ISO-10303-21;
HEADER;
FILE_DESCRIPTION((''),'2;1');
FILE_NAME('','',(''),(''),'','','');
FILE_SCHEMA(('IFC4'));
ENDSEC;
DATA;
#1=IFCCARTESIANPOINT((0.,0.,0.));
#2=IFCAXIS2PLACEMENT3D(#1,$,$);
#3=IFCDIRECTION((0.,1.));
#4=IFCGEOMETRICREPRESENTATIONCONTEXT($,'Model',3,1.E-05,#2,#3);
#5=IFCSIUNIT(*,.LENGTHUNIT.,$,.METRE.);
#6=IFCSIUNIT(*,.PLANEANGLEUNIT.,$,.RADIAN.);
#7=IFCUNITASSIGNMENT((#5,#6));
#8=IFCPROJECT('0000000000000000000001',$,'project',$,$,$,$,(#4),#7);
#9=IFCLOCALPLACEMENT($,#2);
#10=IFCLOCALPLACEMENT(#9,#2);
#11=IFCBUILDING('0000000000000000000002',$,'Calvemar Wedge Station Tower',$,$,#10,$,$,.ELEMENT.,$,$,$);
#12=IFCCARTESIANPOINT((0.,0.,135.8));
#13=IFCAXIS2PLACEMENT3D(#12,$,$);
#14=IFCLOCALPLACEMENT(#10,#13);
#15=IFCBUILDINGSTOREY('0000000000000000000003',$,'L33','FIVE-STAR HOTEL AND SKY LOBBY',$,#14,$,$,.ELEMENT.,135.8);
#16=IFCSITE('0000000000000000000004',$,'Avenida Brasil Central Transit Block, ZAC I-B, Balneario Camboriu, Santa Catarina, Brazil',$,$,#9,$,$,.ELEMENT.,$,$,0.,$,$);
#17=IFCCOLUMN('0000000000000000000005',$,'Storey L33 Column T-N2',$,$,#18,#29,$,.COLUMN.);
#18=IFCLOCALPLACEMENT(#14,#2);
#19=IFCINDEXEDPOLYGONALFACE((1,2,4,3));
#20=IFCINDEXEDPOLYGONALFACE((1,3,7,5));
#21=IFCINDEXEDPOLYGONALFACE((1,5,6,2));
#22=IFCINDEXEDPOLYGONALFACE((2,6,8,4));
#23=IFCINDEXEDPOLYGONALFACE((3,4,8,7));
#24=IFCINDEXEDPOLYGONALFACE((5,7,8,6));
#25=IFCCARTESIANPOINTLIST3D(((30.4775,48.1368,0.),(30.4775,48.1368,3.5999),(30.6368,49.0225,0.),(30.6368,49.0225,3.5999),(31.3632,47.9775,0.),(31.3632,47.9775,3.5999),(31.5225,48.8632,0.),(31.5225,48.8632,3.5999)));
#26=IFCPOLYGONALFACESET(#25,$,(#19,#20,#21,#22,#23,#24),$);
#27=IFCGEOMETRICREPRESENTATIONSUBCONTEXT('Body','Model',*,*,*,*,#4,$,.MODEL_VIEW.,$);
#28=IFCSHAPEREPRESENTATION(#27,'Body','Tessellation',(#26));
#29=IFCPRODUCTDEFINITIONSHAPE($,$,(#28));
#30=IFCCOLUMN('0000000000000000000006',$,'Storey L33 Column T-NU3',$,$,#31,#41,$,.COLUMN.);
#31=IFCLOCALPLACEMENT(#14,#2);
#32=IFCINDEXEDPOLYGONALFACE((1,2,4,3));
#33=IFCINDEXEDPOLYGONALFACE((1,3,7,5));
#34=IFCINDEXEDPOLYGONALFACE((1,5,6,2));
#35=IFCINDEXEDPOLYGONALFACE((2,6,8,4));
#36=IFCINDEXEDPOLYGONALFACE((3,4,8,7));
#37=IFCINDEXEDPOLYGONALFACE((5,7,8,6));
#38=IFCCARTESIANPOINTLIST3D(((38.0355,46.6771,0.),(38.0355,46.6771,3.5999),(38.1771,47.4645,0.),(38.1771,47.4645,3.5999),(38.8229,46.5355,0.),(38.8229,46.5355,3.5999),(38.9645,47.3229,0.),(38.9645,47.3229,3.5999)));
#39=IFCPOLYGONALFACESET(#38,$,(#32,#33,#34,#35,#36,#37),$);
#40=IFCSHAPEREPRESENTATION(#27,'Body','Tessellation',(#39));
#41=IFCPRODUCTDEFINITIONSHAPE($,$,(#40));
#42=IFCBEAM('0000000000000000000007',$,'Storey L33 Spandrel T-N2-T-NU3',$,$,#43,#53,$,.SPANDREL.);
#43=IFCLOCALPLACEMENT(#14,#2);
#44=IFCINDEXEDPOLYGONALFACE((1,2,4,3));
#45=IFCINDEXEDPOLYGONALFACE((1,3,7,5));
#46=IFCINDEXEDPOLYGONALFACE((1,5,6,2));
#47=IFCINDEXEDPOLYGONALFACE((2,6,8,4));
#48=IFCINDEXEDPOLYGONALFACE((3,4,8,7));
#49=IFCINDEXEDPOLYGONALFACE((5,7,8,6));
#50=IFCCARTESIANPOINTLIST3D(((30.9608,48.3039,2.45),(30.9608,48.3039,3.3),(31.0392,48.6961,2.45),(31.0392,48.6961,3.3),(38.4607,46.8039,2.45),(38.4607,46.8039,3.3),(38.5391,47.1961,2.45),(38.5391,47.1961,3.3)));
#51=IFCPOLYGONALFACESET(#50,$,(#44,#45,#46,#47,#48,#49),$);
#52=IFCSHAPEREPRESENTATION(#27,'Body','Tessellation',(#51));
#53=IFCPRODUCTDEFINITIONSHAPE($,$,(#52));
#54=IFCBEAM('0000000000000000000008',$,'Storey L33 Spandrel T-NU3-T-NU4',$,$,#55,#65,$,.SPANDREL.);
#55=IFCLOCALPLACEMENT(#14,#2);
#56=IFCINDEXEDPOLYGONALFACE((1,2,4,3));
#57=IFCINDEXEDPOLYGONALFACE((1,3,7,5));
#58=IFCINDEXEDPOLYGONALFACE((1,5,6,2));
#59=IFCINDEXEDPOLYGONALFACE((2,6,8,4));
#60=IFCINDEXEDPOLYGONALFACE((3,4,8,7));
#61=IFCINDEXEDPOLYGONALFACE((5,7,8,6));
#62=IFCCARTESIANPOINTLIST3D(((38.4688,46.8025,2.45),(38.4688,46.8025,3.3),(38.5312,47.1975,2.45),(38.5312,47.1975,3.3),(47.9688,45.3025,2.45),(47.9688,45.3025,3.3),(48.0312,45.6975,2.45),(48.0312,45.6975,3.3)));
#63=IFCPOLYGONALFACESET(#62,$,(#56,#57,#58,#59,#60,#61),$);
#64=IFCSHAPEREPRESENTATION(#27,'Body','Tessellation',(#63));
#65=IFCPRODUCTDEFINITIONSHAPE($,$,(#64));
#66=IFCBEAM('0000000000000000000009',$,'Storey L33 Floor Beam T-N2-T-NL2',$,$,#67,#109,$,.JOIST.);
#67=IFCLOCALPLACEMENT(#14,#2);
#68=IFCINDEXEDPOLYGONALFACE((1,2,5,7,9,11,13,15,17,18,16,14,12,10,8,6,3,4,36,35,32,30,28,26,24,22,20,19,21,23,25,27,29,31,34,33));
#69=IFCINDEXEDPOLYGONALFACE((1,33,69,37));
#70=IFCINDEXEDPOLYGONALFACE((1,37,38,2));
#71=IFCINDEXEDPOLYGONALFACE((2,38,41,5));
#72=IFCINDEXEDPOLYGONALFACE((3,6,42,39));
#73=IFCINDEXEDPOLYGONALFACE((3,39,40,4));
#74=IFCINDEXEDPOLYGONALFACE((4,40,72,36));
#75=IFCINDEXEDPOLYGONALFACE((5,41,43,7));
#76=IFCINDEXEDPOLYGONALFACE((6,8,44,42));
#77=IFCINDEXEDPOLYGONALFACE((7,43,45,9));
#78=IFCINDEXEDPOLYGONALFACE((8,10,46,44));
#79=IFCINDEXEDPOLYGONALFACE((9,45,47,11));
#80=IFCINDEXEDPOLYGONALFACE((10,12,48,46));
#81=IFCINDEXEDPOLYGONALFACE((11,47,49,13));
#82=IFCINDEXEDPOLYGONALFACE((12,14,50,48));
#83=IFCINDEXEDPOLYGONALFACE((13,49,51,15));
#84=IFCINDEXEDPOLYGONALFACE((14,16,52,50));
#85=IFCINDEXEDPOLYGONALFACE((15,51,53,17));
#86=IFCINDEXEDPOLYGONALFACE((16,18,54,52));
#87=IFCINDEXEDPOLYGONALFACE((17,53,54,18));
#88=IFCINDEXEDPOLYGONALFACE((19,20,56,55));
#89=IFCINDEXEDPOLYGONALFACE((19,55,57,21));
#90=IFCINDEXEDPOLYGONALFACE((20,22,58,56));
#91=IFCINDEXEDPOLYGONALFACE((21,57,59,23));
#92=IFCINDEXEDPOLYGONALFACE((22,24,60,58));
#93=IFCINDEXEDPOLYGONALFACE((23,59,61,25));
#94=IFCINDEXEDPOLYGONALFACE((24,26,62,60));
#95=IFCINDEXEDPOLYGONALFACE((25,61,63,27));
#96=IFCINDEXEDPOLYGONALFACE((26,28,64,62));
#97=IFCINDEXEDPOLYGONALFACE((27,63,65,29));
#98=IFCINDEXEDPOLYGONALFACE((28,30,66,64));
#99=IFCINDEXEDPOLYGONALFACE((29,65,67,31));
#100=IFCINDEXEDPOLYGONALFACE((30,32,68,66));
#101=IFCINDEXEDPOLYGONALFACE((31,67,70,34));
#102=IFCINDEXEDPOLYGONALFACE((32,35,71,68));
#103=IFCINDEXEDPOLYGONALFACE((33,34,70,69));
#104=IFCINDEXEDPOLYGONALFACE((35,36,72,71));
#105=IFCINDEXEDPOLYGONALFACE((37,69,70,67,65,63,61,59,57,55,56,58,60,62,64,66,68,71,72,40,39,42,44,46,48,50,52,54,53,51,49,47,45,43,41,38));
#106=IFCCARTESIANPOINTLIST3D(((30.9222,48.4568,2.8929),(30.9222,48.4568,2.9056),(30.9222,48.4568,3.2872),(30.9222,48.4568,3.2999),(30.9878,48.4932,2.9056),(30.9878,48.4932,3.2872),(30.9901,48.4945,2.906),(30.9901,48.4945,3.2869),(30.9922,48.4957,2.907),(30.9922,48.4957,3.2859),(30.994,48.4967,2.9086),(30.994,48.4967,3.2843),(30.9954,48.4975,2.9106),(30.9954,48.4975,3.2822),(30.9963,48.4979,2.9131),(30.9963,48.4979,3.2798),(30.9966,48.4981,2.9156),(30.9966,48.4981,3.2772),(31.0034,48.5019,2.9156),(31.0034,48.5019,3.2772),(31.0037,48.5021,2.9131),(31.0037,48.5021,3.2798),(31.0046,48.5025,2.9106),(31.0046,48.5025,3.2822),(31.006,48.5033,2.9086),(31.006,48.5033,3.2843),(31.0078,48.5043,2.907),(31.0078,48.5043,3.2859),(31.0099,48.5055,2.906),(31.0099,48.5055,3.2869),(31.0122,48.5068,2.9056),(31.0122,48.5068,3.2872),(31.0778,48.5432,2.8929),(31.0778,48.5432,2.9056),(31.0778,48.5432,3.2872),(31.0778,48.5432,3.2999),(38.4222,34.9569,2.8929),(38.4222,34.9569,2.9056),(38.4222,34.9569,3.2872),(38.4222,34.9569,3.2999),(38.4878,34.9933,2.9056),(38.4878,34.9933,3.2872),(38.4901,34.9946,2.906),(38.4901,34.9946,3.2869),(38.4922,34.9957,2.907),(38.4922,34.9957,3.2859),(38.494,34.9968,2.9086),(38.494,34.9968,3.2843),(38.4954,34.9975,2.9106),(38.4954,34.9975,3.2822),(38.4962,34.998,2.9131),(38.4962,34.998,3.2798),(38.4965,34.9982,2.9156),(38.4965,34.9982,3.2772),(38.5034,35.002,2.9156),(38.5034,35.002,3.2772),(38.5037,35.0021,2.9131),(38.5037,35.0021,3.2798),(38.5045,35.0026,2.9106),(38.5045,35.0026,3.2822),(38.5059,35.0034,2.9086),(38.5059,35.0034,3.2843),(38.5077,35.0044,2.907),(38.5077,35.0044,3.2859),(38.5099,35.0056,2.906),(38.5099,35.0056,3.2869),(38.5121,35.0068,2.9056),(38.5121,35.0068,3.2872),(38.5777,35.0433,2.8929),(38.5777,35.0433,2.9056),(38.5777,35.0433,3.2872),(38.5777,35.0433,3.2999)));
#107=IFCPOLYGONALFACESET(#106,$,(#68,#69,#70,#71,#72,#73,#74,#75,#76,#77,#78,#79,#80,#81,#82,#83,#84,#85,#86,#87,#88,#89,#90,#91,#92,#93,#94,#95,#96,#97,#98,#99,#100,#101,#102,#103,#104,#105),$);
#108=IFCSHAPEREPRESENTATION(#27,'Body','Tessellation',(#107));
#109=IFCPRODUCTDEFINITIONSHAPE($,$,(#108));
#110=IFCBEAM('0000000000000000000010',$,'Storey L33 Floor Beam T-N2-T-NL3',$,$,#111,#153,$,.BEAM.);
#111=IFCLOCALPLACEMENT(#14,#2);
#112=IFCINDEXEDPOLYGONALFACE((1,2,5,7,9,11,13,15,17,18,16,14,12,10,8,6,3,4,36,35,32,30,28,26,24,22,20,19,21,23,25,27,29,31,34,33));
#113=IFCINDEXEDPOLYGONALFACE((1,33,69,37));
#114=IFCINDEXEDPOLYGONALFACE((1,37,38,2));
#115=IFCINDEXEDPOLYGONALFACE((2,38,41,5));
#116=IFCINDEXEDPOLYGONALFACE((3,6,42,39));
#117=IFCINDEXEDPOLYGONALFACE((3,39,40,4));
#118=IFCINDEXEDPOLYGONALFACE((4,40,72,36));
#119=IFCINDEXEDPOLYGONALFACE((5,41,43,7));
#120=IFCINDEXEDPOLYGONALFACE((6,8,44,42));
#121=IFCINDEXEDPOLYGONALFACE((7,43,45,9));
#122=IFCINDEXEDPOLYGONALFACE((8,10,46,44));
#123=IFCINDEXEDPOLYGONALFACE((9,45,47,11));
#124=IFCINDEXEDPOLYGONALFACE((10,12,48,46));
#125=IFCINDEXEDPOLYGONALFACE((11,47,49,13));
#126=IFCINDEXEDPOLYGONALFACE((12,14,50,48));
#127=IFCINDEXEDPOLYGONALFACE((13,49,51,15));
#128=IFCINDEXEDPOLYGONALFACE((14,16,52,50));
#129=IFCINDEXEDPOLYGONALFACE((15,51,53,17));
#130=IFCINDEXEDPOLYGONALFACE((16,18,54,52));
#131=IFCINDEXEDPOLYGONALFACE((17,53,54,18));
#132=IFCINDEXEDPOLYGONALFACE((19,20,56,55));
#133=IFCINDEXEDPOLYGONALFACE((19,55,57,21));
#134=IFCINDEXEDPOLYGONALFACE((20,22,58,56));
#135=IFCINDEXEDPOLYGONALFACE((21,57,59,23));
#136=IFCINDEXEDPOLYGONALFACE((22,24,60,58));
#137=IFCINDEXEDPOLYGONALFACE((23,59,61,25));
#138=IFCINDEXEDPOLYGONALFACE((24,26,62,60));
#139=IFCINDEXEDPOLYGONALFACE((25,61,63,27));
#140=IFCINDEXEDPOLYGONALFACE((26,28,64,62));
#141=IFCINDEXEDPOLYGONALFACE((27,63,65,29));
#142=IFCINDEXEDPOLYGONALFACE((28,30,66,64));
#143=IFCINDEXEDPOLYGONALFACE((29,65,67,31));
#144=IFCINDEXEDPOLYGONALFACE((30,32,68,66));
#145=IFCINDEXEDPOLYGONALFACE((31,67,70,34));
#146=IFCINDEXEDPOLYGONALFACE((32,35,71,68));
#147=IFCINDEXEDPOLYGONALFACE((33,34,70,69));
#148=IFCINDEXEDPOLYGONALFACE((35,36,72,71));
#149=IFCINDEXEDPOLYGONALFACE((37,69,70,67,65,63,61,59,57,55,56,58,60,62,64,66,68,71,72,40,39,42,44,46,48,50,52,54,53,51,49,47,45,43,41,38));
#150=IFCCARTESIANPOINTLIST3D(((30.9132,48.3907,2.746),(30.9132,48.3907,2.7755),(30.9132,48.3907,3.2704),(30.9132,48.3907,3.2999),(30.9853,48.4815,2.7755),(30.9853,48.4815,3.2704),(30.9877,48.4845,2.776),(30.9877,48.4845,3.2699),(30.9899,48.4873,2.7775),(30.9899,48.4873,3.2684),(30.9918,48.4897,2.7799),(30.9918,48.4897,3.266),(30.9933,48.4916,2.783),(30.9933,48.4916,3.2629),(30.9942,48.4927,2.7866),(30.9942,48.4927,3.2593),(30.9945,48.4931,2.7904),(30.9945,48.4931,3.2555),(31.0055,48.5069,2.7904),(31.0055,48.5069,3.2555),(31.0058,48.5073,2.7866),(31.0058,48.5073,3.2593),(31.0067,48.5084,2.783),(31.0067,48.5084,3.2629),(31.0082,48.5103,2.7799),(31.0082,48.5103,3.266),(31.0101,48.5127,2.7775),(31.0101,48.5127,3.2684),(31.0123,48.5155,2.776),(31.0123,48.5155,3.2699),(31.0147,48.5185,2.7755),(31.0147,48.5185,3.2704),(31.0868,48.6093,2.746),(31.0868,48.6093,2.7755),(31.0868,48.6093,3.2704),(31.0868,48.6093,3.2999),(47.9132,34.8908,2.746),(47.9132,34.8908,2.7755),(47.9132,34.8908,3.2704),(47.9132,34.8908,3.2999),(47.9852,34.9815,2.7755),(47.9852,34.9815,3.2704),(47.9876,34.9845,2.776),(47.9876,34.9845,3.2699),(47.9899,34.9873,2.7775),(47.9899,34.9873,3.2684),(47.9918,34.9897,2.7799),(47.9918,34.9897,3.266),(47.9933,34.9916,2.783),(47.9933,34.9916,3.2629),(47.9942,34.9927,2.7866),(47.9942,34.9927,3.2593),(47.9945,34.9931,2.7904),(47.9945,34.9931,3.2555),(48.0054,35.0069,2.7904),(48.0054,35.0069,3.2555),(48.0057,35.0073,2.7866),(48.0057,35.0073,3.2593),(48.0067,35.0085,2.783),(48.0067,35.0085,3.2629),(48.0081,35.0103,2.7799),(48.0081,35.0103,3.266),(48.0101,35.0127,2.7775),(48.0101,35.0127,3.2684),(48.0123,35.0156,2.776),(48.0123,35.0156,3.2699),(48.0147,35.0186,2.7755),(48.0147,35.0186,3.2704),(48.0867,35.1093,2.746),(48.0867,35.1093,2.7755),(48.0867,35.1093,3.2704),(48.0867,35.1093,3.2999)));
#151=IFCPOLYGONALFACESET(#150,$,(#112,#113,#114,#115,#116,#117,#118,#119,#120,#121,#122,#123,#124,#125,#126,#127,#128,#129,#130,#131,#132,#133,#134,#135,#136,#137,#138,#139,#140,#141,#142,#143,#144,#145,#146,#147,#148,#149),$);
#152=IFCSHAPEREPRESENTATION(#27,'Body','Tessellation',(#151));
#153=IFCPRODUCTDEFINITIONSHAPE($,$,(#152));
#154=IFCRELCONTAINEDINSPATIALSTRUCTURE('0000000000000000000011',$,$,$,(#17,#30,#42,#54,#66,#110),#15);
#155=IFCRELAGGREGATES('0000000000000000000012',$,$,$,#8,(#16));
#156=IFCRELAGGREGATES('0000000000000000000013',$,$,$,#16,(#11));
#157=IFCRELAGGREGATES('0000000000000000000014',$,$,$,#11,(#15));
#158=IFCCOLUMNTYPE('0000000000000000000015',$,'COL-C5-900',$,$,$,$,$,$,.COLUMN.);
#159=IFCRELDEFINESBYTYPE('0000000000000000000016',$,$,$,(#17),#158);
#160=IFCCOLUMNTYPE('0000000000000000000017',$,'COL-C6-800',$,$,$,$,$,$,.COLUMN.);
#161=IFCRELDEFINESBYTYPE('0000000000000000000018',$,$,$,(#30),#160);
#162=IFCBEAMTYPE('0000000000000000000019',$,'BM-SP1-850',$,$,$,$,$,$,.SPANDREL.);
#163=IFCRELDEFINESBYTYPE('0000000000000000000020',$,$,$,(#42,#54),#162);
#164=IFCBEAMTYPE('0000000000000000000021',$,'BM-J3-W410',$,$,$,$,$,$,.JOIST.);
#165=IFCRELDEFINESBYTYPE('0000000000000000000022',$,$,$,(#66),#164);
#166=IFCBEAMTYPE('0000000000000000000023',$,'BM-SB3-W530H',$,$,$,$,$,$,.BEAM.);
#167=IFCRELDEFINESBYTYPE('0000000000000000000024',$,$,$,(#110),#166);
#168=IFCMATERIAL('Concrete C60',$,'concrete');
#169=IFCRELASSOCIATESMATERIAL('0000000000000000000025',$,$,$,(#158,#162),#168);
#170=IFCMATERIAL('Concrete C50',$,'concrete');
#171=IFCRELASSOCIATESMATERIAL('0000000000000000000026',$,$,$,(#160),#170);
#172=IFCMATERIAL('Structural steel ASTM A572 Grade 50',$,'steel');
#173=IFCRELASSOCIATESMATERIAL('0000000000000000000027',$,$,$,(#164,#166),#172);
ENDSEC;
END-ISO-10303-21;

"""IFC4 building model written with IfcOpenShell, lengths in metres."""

from ifc_helpers import new_model, si_unit, direction, frame, origin, origin_2d, place, context, subcontext, project, spatial, rectangle, i_section, extrude, source, transform, mapped, material, material_profile, profile_set, type_object, element, save


model = new_model("IFC4")

# Units and contexts
model_context = context("Model", 3, precision=1e-05, world=origin(), true_north=direction((0.0, 1.0)))
body_context = subcontext(model_context, "Body", "Model", "MODEL_VIEW")
ifc_project = project(units=[si_unit("LENGTHUNIT", "METRE"), si_unit("PLANEANGLEUNIT", "RADIAN")], contexts=[model_context])

# Site, building, storey
site_placement = place(None, origin())
site = spatial("IfcSite", under=ifc_project, at=site_placement, Name="Avenida Brasil Central Transit Block, ZAC I-B, Balneario Camboriu, Santa Catarina, Brazil", CompositionType="ELEMENT", RefElevation=0.0)
building_placement = place(site_placement, origin())
building = spatial("IfcBuilding", under=site, at=building_placement, Name="Calvemar Wedge Station Tower", CompositionType="ELEMENT")
storey_placement = place(building_placement, frame((0.0, 0.0, 135.8)))
storey = spatial("IfcBuildingStorey", under=building, at=storey_placement, Name="L33", Description="FIVE-STAR HOTEL AND SKY LOBBY", CompositionType="ELEMENT", Elevation=135.8)

# Columns
ifc_material_1 = material(Name="Concrete C60", Category="concrete")
ifc_material_profile_1 = material_profile(ifc_material_1, rectangle(XDim=0.8999, YDim=0.8999, at=origin_2d()), Name="RC900x900")
ifc_profile_set_1 = profile_set([ifc_material_profile_1], Name="Concrete C60")
column_type_1 = type_object("IfcColumnType", Name="COL-C5-900", PredefinedType="COLUMN", material=ifc_profile_set_1)
shared_shape_1 = source(origin(), body_context, "Body", "SweptSolid", [
    extrude(rectangle(XDim=0.8999, YDim=0.8999, at=origin_2d()), origin(), (0.0, 0.0, 1.0), 3.5999),
])
column_1_placement = place(storey_placement, frame((31.0, 48.5, 0.0), z_axis=(0.0, 0.0, 1.0), x_axis=(0.984196, -0.177085, 0.0)))
element("IfcColumn", 1, at=column_1_placement, inside=storey, type_object=column_type_1, Name="Storey L33 Column T-N2", PredefinedType="COLUMN", context=body_context, shape_type="MappedRepresentation", body=[
    mapped(shared_shape_1, transform((0.0, 0.0, 0.0), scale=1.0)),
])
ifc_material_2 = material(Name="Concrete C50", Category="concrete")
ifc_material_profile_2 = material_profile(ifc_material_2, rectangle(XDim=0.8, YDim=0.8, at=origin_2d()), Name="RC800x800")
ifc_profile_set_2 = profile_set([ifc_material_profile_2], Name="Concrete C50")
column_type_2 = type_object("IfcColumnType", Name="COL-C6-800", PredefinedType="COLUMN", material=ifc_profile_set_2)
shared_shape_2 = source(origin(), body_context, "Body", "SweptSolid", [
    extrude(rectangle(XDim=0.8, YDim=0.8, at=origin_2d()), origin(), (0.0, 0.0, 1.0), 3.5999),
])
column_2_placement = place(storey_placement, frame((38.5, 47.0, 0.0), z_axis=(0.0, 0.0, 1.0), x_axis=(0.984196, -0.177085, 0.0)))
element("IfcColumn", 2, at=column_2_placement, inside=storey, type_object=column_type_2, Name="Storey L33 Column T-NU3", PredefinedType="COLUMN", context=body_context, shape_type="MappedRepresentation", body=[
    mapped(shared_shape_2, transform((0.0, 0.0, 0.0), scale=1.0)),
])

# Beams
ifc_material_profile_3 = material_profile(ifc_material_1, rectangle(XDim=0.3999, YDim=0.8501, at=origin_2d()), Name="RC400x850")
ifc_profile_set_3 = profile_set([ifc_material_profile_3], Name="Concrete C60")
beam_type_1 = type_object("IfcBeamType", Name="BM-SP1-850", PredefinedType="SPANDREL", material=ifc_profile_set_3)
shared_shape_3 = source(origin(), body_context, "Body", "SweptSolid", [
    extrude(rectangle(XDim=0.3999, YDim=0.8501, at=origin_2d()), origin(), (0.0, 0.0, 1.0), 7.6484),
])
beam_1_placement = place(storey_placement, frame((31.0, 48.5, 2.875), z_axis=(0.980581, -0.196116, 0.0), x_axis=(0.196116, 0.980581, 0.0)))
element("IfcBeam", 3, at=beam_1_placement, inside=storey, type_object=beam_type_1, Name="Storey L33 Spandrel T-N2-T-NU3", PredefinedType="SPANDREL", context=body_context, shape_type="MappedRepresentation", body=[
    mapped(shared_shape_3, transform((0.0, 0.0, 0.0), scale=1.0)),
])
shared_shape_4 = source(origin(), body_context, "Body", "SweptSolid", [
    extrude(rectangle(XDim=0.3999, YDim=0.8501, at=origin_2d()), origin(), (0.0, 0.0, 1.0), 9.6177),
])
beam_2_placement = place(storey_placement, frame((38.5, 47.0, 2.875), z_axis=(0.987763, -0.155963, 0.0), x_axis=(0.155963, 0.987763, 0.0)))
element("IfcBeam", 4, at=beam_2_placement, inside=storey, type_object=beam_type_1, Name="Storey L33 Spandrel T-NU3-T-NU4", PredefinedType="SPANDREL", context=body_context, shape_type="MappedRepresentation", body=[
    mapped(shared_shape_4, transform((0.0, 0.0, 0.0), scale=1.0)),
])
ifc_material_3 = material(Name="Structural steel ASTM A572 Grade 50", Category="steel")
ifc_material_profile_4 = material_profile(ifc_material_3, i_section(OverallWidth=0.178, OverallDepth=0.407, WebThickness=0.0078, FlangeThickness=0.0127, FilletRadius=0.01, at=origin_2d()), Name="W410x60")
ifc_profile_set_4 = profile_set([ifc_material_profile_4], Name="Structural steel ASTM A572 Grade 50")
beam_type_2 = type_object("IfcBeamType", Name="BM-J3-W410", PredefinedType="JOIST", material=ifc_profile_set_4)
shared_shape_5 = source(origin(), body_context, "Body", "SweptSolid", [
    extrude(i_section(OverallWidth=0.178, OverallDepth=0.407, WebThickness=0.0078, FlangeThickness=0.0127, FilletRadius=0.01, at=origin_2d()), origin(), (0.0, 0.0, 1.0), 15.4434),
])
beam_3_placement = place(storey_placement, frame((31.0, 48.5, 3.0964), z_axis=(0.485643, -0.874157, 0.0), x_axis=(0.874157, 0.485643, 0.0)))
element("IfcBeam", 5, at=beam_3_placement, inside=storey, type_object=beam_type_2, Name="Storey L33 Floor Beam T-N2-T-NL2", PredefinedType="JOIST", context=body_context, shape_type="MappedRepresentation", body=[
    mapped(shared_shape_5, transform((0.0, 0.0, 0.0), scale=1.0)),
])
ifc_material_profile_5 = material_profile(ifc_material_3, i_section(OverallWidth=0.2791, OverallDepth=0.554, WebThickness=0.0176, FlangeThickness=0.0295, FilletRadius=0.0149, at=origin_2d()), Name="W530x196")
ifc_profile_set_5 = profile_set([ifc_material_profile_5], Name="Structural steel ASTM A572 Grade 50")
beam_type_3 = type_object("IfcBeamType", Name="BM-SB3-W530H", PredefinedType="BEAM", material=ifc_profile_set_5)
shared_shape_6 = source(origin(), body_context, "Body", "SweptSolid", [
    extrude(i_section(OverallWidth=0.2791, OverallDepth=0.554, WebThickness=0.0176, FlangeThickness=0.0295, FilletRadius=0.0149, at=origin_2d()), origin(), (0.0, 0.0, 1.0), 21.7083),
])
beam_4_placement = place(storey_placement, frame((31.0, 48.5, 3.0229), z_axis=(0.783111, -0.621882, 0.0), x_axis=(0.621882, 0.783111, 0.0)))
element("IfcBeam", 6, at=beam_4_placement, inside=storey, type_object=beam_type_3, Name="Storey L33 Floor Beam T-N2-T-NL3", PredefinedType="BEAM", context=body_context, shape_type="MappedRepresentation", body=[
    mapped(shared_shape_6, transform((0.0, 0.0, 0.0), scale=1.0)),
])

save(model, "model.ifc")
